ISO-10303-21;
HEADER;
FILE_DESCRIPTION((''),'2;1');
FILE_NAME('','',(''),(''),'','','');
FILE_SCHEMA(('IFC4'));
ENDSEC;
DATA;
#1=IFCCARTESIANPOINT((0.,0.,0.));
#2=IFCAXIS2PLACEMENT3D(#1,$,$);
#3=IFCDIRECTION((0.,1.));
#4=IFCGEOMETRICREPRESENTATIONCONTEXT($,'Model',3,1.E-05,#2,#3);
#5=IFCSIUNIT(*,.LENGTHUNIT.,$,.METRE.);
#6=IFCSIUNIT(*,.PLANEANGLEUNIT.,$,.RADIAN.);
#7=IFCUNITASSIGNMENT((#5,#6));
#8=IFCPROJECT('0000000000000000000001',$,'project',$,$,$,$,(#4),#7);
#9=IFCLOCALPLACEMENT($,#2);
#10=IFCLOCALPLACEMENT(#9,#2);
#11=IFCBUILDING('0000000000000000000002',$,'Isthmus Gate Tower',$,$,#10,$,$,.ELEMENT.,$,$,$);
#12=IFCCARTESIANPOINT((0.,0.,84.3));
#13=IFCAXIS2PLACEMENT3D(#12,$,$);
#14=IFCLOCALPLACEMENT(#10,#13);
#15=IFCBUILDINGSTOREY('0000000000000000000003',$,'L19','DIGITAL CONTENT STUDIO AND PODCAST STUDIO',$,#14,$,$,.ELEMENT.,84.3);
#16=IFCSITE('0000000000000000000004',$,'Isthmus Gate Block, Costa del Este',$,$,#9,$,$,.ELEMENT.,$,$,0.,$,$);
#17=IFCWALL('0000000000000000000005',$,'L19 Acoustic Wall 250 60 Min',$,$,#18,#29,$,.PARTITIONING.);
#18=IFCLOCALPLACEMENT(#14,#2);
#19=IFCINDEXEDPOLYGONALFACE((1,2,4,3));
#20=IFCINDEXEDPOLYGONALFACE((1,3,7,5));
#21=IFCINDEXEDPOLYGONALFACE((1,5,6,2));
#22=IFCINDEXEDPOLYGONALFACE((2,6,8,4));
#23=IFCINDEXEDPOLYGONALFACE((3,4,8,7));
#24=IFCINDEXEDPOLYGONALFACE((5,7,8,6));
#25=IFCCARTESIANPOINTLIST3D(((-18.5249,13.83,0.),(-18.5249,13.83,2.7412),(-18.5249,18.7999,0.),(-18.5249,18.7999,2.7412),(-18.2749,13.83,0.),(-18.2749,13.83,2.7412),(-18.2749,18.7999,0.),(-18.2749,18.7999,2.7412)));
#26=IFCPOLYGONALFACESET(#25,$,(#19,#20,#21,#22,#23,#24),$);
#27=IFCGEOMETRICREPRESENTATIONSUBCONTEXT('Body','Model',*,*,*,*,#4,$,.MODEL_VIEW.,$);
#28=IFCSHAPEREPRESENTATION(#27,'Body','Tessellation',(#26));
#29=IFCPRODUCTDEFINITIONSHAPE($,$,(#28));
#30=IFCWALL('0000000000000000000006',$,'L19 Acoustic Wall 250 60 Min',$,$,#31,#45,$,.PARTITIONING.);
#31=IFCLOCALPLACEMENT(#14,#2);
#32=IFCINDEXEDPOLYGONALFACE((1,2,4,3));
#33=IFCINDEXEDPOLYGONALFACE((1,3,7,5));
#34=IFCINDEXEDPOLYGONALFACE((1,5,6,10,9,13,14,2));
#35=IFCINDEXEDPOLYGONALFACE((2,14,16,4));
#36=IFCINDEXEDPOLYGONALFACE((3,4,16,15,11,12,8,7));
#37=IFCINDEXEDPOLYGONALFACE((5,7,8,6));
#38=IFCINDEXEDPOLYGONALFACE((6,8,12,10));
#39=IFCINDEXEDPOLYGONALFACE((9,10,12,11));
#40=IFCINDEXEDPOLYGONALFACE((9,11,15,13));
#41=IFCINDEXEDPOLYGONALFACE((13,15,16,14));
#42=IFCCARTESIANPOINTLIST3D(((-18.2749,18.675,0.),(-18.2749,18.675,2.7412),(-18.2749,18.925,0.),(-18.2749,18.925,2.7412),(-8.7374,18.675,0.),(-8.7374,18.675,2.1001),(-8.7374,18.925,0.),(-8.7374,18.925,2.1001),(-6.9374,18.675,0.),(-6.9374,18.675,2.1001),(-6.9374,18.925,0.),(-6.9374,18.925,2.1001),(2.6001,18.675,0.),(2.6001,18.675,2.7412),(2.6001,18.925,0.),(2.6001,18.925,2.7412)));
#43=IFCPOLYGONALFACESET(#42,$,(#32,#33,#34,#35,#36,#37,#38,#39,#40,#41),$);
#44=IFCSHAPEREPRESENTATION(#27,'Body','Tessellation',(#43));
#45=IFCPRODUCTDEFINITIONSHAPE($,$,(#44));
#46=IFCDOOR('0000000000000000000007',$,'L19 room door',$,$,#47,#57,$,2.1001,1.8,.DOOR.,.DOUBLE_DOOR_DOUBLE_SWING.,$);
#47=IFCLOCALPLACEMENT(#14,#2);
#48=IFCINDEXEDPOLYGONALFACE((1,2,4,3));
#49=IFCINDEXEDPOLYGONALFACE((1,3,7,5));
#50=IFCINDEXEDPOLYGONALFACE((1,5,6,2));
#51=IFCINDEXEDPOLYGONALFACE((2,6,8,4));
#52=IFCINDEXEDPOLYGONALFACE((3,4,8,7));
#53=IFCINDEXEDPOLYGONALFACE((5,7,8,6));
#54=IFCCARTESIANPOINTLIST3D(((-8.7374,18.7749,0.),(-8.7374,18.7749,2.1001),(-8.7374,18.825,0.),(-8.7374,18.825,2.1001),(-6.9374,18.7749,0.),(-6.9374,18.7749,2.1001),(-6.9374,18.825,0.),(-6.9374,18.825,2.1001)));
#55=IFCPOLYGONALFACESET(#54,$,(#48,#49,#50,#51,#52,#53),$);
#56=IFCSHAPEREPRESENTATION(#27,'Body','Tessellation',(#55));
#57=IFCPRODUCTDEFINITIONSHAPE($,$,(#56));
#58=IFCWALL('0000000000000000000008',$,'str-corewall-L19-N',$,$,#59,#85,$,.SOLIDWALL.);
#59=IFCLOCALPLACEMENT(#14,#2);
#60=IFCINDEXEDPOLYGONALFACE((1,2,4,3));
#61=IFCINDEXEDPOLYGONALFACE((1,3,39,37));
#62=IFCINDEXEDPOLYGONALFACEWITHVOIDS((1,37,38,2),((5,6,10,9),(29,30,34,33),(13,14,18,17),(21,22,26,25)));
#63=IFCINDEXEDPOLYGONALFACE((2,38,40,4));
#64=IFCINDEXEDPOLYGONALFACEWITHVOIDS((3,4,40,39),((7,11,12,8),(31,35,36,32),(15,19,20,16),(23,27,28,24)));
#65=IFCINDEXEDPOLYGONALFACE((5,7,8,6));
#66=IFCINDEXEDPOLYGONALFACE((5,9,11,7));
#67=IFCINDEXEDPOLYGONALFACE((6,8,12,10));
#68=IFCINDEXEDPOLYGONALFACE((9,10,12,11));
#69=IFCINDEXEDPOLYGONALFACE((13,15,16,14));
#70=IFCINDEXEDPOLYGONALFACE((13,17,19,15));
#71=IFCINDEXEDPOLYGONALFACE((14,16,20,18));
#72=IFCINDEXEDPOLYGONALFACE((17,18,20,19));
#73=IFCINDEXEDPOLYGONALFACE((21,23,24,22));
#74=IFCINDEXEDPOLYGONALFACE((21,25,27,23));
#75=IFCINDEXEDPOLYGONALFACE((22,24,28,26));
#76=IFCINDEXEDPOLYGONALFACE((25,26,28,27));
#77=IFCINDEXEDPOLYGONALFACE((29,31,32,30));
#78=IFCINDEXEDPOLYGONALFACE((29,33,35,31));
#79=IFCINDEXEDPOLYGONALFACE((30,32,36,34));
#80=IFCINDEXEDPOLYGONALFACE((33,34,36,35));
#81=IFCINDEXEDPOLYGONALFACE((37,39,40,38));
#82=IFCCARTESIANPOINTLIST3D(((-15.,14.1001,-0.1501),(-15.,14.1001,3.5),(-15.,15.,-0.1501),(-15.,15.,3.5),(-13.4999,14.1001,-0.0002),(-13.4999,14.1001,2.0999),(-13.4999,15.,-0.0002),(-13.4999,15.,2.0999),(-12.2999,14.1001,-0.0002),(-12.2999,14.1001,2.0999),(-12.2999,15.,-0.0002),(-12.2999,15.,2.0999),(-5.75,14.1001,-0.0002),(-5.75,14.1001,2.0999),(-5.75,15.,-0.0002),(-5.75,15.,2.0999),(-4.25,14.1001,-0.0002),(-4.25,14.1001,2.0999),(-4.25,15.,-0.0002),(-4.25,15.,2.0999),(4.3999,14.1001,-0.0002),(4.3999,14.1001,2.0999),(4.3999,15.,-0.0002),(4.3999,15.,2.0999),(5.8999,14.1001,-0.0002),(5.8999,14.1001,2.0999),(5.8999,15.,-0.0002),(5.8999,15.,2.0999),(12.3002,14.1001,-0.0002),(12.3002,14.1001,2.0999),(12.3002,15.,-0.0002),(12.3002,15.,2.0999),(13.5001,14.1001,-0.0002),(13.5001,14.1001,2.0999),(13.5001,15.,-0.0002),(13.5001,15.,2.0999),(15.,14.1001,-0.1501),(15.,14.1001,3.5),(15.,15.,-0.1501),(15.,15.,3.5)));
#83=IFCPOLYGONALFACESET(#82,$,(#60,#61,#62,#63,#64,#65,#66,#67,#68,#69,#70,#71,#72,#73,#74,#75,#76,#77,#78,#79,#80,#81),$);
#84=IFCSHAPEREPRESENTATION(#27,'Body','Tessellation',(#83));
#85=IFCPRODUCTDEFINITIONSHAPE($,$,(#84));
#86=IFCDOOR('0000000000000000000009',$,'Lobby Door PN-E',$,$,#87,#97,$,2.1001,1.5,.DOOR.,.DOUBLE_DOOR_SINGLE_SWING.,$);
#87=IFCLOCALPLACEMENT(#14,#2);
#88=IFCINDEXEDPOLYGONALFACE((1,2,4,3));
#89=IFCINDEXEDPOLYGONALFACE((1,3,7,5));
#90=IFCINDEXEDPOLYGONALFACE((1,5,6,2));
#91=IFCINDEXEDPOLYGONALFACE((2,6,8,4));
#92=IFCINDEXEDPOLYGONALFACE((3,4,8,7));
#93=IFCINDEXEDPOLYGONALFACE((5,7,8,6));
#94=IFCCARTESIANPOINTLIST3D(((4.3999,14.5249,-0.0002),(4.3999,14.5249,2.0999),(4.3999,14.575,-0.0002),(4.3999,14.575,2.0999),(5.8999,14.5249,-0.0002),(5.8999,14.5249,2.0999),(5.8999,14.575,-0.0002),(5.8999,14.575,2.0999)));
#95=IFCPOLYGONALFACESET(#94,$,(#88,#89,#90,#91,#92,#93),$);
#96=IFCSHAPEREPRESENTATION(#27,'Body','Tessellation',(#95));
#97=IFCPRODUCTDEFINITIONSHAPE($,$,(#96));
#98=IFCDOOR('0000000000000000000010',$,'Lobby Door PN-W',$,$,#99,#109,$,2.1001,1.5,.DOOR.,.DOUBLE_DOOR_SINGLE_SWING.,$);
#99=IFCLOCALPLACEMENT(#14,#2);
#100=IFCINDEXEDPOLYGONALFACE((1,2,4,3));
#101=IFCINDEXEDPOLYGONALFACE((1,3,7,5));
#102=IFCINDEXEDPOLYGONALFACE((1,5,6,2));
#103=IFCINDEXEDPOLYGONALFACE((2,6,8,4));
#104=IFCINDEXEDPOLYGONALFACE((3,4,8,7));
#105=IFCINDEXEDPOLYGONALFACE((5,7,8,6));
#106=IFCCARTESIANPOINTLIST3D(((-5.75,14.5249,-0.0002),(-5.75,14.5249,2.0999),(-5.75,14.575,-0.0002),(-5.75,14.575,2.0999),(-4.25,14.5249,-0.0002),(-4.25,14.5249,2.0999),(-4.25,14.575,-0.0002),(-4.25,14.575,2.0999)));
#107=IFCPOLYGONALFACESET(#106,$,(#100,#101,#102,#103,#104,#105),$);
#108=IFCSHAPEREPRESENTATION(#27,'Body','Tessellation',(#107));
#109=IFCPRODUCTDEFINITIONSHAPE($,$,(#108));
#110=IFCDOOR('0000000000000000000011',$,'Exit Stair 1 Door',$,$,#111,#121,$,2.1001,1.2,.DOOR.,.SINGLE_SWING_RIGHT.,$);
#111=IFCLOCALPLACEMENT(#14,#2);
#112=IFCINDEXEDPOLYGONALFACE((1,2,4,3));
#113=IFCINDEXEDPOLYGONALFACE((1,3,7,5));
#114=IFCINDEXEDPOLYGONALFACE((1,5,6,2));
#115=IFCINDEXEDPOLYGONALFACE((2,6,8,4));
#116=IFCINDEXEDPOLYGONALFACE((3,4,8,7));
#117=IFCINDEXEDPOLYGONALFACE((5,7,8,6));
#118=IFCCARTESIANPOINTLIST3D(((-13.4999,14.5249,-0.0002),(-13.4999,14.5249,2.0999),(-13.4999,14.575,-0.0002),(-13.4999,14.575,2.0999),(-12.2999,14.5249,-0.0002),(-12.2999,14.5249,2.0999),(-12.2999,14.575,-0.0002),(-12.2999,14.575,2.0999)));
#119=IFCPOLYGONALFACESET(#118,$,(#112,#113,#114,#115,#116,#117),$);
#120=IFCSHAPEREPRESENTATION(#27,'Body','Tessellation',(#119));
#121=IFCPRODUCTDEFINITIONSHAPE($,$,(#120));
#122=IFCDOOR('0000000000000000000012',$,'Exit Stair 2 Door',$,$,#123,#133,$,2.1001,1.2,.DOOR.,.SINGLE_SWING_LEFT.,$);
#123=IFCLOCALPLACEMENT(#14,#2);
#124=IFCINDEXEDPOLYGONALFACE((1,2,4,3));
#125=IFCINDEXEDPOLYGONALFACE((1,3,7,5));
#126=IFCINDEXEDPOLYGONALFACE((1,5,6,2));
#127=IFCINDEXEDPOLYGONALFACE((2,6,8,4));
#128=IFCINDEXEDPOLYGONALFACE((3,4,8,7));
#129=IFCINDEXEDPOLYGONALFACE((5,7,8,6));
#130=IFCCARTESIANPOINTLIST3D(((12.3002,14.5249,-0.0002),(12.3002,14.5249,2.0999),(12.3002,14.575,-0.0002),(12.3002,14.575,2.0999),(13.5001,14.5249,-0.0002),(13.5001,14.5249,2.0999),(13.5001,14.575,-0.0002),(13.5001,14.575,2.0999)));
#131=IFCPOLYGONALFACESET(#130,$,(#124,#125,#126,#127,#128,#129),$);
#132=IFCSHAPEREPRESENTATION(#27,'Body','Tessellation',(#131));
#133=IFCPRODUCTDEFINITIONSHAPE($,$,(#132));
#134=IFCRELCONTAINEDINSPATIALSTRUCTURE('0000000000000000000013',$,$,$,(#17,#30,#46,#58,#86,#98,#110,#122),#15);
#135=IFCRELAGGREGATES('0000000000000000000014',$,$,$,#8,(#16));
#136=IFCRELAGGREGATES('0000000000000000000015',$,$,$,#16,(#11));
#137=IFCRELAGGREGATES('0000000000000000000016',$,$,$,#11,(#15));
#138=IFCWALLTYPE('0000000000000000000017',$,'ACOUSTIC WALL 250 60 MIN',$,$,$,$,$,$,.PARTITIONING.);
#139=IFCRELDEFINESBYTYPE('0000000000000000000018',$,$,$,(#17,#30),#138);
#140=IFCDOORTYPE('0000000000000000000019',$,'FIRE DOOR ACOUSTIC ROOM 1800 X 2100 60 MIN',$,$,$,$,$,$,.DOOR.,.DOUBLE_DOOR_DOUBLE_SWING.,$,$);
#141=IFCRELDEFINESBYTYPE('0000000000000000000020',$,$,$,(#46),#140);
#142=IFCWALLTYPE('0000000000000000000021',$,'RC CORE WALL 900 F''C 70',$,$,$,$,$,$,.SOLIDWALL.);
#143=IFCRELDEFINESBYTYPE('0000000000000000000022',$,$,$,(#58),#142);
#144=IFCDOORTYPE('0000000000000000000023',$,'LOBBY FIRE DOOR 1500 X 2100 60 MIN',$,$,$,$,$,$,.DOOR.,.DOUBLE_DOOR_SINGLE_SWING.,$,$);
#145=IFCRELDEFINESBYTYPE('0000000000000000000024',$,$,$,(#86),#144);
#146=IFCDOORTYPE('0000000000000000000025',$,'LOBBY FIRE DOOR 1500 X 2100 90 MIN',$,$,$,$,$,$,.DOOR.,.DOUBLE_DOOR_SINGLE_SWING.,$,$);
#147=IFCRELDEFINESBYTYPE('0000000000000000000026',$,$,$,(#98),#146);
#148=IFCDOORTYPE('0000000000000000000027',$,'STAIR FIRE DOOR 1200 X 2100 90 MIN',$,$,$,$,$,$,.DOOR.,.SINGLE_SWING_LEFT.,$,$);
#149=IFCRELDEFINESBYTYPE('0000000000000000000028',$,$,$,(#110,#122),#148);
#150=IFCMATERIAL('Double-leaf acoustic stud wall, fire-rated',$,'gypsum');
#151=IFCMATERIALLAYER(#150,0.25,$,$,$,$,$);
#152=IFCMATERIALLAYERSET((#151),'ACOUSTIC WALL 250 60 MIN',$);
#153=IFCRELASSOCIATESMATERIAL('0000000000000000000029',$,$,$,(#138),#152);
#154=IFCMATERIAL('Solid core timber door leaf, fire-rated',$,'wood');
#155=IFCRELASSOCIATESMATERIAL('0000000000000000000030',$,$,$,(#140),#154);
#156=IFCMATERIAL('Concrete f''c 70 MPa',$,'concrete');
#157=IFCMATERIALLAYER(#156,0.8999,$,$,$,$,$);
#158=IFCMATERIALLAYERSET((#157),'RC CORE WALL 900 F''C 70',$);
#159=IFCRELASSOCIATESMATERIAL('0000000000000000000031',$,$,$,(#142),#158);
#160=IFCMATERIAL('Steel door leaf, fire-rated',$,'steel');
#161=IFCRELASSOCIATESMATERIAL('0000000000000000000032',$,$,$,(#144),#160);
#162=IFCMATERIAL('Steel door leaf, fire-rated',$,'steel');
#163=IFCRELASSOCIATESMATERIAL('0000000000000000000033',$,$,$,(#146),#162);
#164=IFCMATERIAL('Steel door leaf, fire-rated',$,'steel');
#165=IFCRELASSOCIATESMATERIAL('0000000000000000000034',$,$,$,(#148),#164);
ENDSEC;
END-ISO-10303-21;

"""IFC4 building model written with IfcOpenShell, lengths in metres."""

from ifc_helpers import new_model, si_unit, direction, frame, frame_2d, origin, place, context, subcontext, project, spatial, rectangle, extrude, material, layer, layer_set, type_object, element, fill, save


model = new_model("IFC4")

# Units and contexts
model_context = context("Model", 3, precision=1e-05, world=origin(), true_north=direction((0.0, 1.0)))
body_context = subcontext(model_context, "Body", "Model", "MODEL_VIEW")
ifc_project = project(units=[si_unit("LENGTHUNIT", "METRE"), si_unit("PLANEANGLEUNIT", "RADIAN")], contexts=[model_context])

# Site, building, storey
site_placement = place(None, origin())
site = spatial("IfcSite", under=ifc_project, at=site_placement, Name="Isthmus Gate Block, Costa del Este", CompositionType="ELEMENT", RefElevation=0.0)
building_placement = place(site_placement, origin())
building = spatial("IfcBuilding", under=site, at=building_placement, Name="Isthmus Gate Tower", CompositionType="ELEMENT")
storey_placement = place(building_placement, frame((0.0, 0.0, 84.3)))
storey = spatial("IfcBuildingStorey", under=building, at=storey_placement, Name="L19", Description="DIGITAL CONTENT STUDIO AND PODCAST STUDIO", CompositionType="ELEMENT", Elevation=84.3)

# Wall
ifc_material_1 = material(Name="Double-leaf acoustic stud wall, fire-rated", Category="gypsum")
ifc_layer_1 = layer(ifc_material_1, 0.25)
ifc_layer_set_1 = layer_set([ifc_layer_1], Name="ACOUSTIC WALL 250 60 MIN")
wall_type_1 = type_object("IfcWallType", Name="ACOUSTIC WALL 250 60 MIN", PredefinedType="PARTITIONING", material=ifc_layer_set_1)
wall_1_placement = place(storey_placement, frame((-18.3999, 13.8301, 0.0), z_axis=(0.0, 0.0, 1.0), x_axis=(0.0, 1.0, 0.0)))
element("IfcWall", 1, at=wall_1_placement, inside=storey, type_object=wall_type_1, Name="L19 Acoustic Wall 250 60 Min", PredefinedType="PARTITIONING", context=body_context, shape_type="SweptSolid", body=[
    extrude(rectangle(XDim=4.97, YDim=0.25, at=frame_2d((2.4849, 0.0))), origin(), (0.0, 0.0, 1.0), 2.7412),
])

# Wall, opening, door
wall_2_placement = place(storey_placement, frame((-18.2749, 18.8, 0.0), z_axis=(0.0, 0.0, 1.0), x_axis=(1.0, 0.0, 0.0)))
wall_2 = element("IfcWall", 2, at=wall_2_placement, inside=storey, type_object=wall_type_1, Name="L19 Acoustic Wall 250 60 Min", PredefinedType="PARTITIONING", context=body_context, shape_type="SweptSolid", body=[
    extrude(rectangle(XDim=20.875, YDim=0.25, at=frame_2d((10.4375, 0.0))), origin(), (0.0, 0.0, 1.0), 2.7412),
])
opening_1_placement = place(wall_2_placement, frame((9.5376, 0.0, 0.0)))
opening_1 = element("IfcOpeningElement", 3, at=opening_1_placement, cuts=wall_2, PredefinedType="OPENING", context=body_context, shape_type="SweptSolid", body=[
    extrude(rectangle(XDim=1.8, YDim=2.1001, at=frame_2d((0.8999, 1.05))), frame((0.0, 0.135, 0.0), z_axis=(0.0, -1.0, 0.0), x_axis=(1.0, 0.0, 0.0)), (0.0, 0.0, 1.0), 0.27),
])
ifc_material_2 = material(Name="Solid core timber door leaf, fire-rated", Category="wood")
door_type_1 = type_object("IfcDoorType", Name="FIRE DOOR ACOUSTIC ROOM 1800 X 2100 60 MIN", OperationType="DOUBLE_DOOR_DOUBLE_SWING", PredefinedType="DOOR", material=ifc_material_2)
door_1_placement = place(opening_1_placement, origin())
door_1 = element("IfcDoor", 4, at=door_1_placement, inside=storey, type_object=door_type_1, Name="L19 room door", OperationType="DOUBLE_DOOR_DOUBLE_SWING", OverallHeight=2.1001, OverallWidth=1.8, PredefinedType="DOOR", context=body_context, shape_type="SweptSolid", body=[
    extrude(rectangle(XDim=1.8, YDim=2.1001, at=frame_2d((0.8999, 1.05))), frame((0.0, 0.0249, 0.0), z_axis=(0.0, -1.0, 0.0), x_axis=(1.0, 0.0, 0.0)), (0.0, 0.0, 1.0), 0.05),
])
fill(opening_1, door_1)

# Wall, openings, doors
ifc_material_3 = material(Name="Concrete f'c 70 MPa", Category="concrete")
ifc_layer_2 = layer(ifc_material_3, 0.8999)
ifc_layer_set_2 = layer_set([ifc_layer_2], Name="RC CORE WALL 900 F'C 70")
wall_type_2 = type_object("IfcWallType", Name="RC CORE WALL 900 F'C 70", PredefinedType="SOLIDWALL", material=ifc_layer_set_2)
wall_3_placement = place(storey_placement, frame((-15.0, 14.55, -0.1501), z_axis=(0.0, 0.0, 1.0), x_axis=(1.0, 0.0, 0.0)))
wall_3 = element("IfcWall", 5, at=wall_3_placement, inside=storey, type_object=wall_type_2, Name="str-corewall-L19-N", PredefinedType="SOLIDWALL", context=body_context, shape_type="SweptSolid", body=[
    extrude(rectangle(XDim=30.0, YDim=0.8999, at=frame_2d((15.0, 0.0))), origin(), (0.0, 0.0, 1.0), 3.6501),
])
opening_2_placement = place(wall_3_placement, frame((9.25, 0.0, 0.1499)))
opening_2 = element("IfcOpeningElement", 6, at=opening_2_placement, cuts=wall_3, PredefinedType="OPENING", context=body_context, shape_type="SweptSolid", body=[
    extrude(rectangle(XDim=1.5, YDim=2.1001, at=frame_2d((0.75, 1.05))), frame((0.0, 0.46, 0.0), z_axis=(0.0, -1.0, 0.0), x_axis=(1.0, 0.0, 0.0)), (0.0, 0.0, 1.0), 0.9199),
])
opening_3_placement = place(wall_3_placement, frame((19.3999, 0.0, 0.1499)))
opening_3 = element("IfcOpeningElement", 7, at=opening_3_placement, cuts=wall_3, PredefinedType="OPENING", context=body_context, shape_type="SweptSolid", body=[
    extrude(rectangle(XDim=1.5, YDim=2.1001, at=frame_2d((0.75, 1.05))), frame((0.0, 0.46, 0.0), z_axis=(0.0, -1.0, 0.0), x_axis=(1.0, 0.0, 0.0)), (0.0, 0.0, 1.0), 0.9199),
])
opening_4_placement = place(wall_3_placement, frame((1.5, 0.0, 0.1499)))
opening_4 = element("IfcOpeningElement", 8, at=opening_4_placement, cuts=wall_3, PredefinedType="OPENING", context=body_context, shape_type="SweptSolid", body=[
    extrude(rectangle(XDim=1.2, YDim=2.1001, at=frame_2d((0.6001, 1.05))), frame((0.0, 0.46, 0.0), z_axis=(0.0, -1.0, 0.0), x_axis=(1.0, 0.0, 0.0)), (0.0, 0.0, 1.0), 0.9199),
])
opening_5_placement = place(wall_3_placement, frame((27.3, 0.0, 0.1499)))
opening_5 = element("IfcOpeningElement", 9, at=opening_5_placement, cuts=wall_3, PredefinedType="OPENING", context=body_context, shape_type="SweptSolid", body=[
    extrude(rectangle(XDim=1.2, YDim=2.1001, at=frame_2d((0.6001, 1.05))), frame((0.0, 0.46, 0.0), z_axis=(0.0, -1.0, 0.0), x_axis=(1.0, 0.0, 0.0)), (0.0, 0.0, 1.0), 0.9199),
])
ifc_material_4 = material(Name="Steel door leaf, fire-rated", Category="steel")
door_type_2 = type_object("IfcDoorType", Name="LOBBY FIRE DOOR 1500 X 2100 60 MIN", OperationType="DOUBLE_DOOR_SINGLE_SWING", PredefinedType="DOOR", material=ifc_material_4)
door_2_placement = place(opening_3_placement, origin())
door_2 = element("IfcDoor", 10, at=door_2_placement, inside=storey, type_object=door_type_2, Name="Lobby Door PN-E", OperationType="DOUBLE_DOOR_SINGLE_SWING", OverallHeight=2.1001, OverallWidth=1.5, PredefinedType="DOOR", context=body_context, shape_type="SweptSolid", body=[
    extrude(rectangle(XDim=1.5, YDim=2.1001, at=frame_2d((0.75, 1.05))), frame((0.0, 0.0249, 0.0), z_axis=(0.0, -1.0, 0.0), x_axis=(1.0, 0.0, 0.0)), (0.0, 0.0, 1.0), 0.05),
])
fill(opening_3, door_2)
ifc_material_5 = material(Name="Steel door leaf, fire-rated", Category="steel")
door_type_3 = type_object("IfcDoorType", Name="LOBBY FIRE DOOR 1500 X 2100 90 MIN", OperationType="DOUBLE_DOOR_SINGLE_SWING", PredefinedType="DOOR", material=ifc_material_5)
door_3_placement = place(opening_2_placement, origin())
door_3 = element("IfcDoor", 11, at=door_3_placement, inside=storey, type_object=door_type_3, Name="Lobby Door PN-W", OperationType="DOUBLE_DOOR_SINGLE_SWING", OverallHeight=2.1001, OverallWidth=1.5, PredefinedType="DOOR", context=body_context, shape_type="SweptSolid", body=[
    extrude(rectangle(XDim=1.5, YDim=2.1001, at=frame_2d((0.75, 1.05))), frame((0.0, 0.0249, 0.0), z_axis=(0.0, -1.0, 0.0), x_axis=(1.0, 0.0, 0.0)), (0.0, 0.0, 1.0), 0.05),
])
fill(opening_2, door_3)
ifc_material_6 = material(Name="Steel door leaf, fire-rated", Category="steel")
door_type_4 = type_object("IfcDoorType", Name="STAIR FIRE DOOR 1200 X 2100 90 MIN", OperationType="SINGLE_SWING_LEFT", PredefinedType="DOOR", material=ifc_material_6)
door_4_placement = place(opening_4_placement, origin())
door_4 = element("IfcDoor", 12, at=door_4_placement, inside=storey, type_object=door_type_4, Name="Exit Stair 1 Door", OperationType="SINGLE_SWING_RIGHT", OverallHeight=2.1001, OverallWidth=1.2, PredefinedType="DOOR", context=body_context, shape_type="SweptSolid", body=[
    extrude(rectangle(XDim=1.2, YDim=2.1001, at=frame_2d((0.6001, 1.05))), frame((0.0, 0.0249, 0.0), z_axis=(0.0, -1.0, 0.0), x_axis=(1.0, 0.0, 0.0)), (0.0, 0.0, 1.0), 0.05),
])
fill(opening_4, door_4)
door_5_placement = place(opening_5_placement, origin())
door_5 = element("IfcDoor", 13, at=door_5_placement, inside=storey, type_object=door_type_4, Name="Exit Stair 2 Door", OperationType="SINGLE_SWING_LEFT", OverallHeight=2.1001, OverallWidth=1.2, PredefinedType="DOOR", context=body_context, shape_type="SweptSolid", body=[
    extrude(rectangle(XDim=1.2, YDim=2.1001, at=frame_2d((0.6001, 1.05))), frame((0.0, 0.0249, 0.0), z_axis=(0.0, -1.0, 0.0), x_axis=(1.0, 0.0, 0.0)), (0.0, 0.0, 1.0), 0.05),
])
fill(opening_5, door_5)

save(model, "model.ifc")
